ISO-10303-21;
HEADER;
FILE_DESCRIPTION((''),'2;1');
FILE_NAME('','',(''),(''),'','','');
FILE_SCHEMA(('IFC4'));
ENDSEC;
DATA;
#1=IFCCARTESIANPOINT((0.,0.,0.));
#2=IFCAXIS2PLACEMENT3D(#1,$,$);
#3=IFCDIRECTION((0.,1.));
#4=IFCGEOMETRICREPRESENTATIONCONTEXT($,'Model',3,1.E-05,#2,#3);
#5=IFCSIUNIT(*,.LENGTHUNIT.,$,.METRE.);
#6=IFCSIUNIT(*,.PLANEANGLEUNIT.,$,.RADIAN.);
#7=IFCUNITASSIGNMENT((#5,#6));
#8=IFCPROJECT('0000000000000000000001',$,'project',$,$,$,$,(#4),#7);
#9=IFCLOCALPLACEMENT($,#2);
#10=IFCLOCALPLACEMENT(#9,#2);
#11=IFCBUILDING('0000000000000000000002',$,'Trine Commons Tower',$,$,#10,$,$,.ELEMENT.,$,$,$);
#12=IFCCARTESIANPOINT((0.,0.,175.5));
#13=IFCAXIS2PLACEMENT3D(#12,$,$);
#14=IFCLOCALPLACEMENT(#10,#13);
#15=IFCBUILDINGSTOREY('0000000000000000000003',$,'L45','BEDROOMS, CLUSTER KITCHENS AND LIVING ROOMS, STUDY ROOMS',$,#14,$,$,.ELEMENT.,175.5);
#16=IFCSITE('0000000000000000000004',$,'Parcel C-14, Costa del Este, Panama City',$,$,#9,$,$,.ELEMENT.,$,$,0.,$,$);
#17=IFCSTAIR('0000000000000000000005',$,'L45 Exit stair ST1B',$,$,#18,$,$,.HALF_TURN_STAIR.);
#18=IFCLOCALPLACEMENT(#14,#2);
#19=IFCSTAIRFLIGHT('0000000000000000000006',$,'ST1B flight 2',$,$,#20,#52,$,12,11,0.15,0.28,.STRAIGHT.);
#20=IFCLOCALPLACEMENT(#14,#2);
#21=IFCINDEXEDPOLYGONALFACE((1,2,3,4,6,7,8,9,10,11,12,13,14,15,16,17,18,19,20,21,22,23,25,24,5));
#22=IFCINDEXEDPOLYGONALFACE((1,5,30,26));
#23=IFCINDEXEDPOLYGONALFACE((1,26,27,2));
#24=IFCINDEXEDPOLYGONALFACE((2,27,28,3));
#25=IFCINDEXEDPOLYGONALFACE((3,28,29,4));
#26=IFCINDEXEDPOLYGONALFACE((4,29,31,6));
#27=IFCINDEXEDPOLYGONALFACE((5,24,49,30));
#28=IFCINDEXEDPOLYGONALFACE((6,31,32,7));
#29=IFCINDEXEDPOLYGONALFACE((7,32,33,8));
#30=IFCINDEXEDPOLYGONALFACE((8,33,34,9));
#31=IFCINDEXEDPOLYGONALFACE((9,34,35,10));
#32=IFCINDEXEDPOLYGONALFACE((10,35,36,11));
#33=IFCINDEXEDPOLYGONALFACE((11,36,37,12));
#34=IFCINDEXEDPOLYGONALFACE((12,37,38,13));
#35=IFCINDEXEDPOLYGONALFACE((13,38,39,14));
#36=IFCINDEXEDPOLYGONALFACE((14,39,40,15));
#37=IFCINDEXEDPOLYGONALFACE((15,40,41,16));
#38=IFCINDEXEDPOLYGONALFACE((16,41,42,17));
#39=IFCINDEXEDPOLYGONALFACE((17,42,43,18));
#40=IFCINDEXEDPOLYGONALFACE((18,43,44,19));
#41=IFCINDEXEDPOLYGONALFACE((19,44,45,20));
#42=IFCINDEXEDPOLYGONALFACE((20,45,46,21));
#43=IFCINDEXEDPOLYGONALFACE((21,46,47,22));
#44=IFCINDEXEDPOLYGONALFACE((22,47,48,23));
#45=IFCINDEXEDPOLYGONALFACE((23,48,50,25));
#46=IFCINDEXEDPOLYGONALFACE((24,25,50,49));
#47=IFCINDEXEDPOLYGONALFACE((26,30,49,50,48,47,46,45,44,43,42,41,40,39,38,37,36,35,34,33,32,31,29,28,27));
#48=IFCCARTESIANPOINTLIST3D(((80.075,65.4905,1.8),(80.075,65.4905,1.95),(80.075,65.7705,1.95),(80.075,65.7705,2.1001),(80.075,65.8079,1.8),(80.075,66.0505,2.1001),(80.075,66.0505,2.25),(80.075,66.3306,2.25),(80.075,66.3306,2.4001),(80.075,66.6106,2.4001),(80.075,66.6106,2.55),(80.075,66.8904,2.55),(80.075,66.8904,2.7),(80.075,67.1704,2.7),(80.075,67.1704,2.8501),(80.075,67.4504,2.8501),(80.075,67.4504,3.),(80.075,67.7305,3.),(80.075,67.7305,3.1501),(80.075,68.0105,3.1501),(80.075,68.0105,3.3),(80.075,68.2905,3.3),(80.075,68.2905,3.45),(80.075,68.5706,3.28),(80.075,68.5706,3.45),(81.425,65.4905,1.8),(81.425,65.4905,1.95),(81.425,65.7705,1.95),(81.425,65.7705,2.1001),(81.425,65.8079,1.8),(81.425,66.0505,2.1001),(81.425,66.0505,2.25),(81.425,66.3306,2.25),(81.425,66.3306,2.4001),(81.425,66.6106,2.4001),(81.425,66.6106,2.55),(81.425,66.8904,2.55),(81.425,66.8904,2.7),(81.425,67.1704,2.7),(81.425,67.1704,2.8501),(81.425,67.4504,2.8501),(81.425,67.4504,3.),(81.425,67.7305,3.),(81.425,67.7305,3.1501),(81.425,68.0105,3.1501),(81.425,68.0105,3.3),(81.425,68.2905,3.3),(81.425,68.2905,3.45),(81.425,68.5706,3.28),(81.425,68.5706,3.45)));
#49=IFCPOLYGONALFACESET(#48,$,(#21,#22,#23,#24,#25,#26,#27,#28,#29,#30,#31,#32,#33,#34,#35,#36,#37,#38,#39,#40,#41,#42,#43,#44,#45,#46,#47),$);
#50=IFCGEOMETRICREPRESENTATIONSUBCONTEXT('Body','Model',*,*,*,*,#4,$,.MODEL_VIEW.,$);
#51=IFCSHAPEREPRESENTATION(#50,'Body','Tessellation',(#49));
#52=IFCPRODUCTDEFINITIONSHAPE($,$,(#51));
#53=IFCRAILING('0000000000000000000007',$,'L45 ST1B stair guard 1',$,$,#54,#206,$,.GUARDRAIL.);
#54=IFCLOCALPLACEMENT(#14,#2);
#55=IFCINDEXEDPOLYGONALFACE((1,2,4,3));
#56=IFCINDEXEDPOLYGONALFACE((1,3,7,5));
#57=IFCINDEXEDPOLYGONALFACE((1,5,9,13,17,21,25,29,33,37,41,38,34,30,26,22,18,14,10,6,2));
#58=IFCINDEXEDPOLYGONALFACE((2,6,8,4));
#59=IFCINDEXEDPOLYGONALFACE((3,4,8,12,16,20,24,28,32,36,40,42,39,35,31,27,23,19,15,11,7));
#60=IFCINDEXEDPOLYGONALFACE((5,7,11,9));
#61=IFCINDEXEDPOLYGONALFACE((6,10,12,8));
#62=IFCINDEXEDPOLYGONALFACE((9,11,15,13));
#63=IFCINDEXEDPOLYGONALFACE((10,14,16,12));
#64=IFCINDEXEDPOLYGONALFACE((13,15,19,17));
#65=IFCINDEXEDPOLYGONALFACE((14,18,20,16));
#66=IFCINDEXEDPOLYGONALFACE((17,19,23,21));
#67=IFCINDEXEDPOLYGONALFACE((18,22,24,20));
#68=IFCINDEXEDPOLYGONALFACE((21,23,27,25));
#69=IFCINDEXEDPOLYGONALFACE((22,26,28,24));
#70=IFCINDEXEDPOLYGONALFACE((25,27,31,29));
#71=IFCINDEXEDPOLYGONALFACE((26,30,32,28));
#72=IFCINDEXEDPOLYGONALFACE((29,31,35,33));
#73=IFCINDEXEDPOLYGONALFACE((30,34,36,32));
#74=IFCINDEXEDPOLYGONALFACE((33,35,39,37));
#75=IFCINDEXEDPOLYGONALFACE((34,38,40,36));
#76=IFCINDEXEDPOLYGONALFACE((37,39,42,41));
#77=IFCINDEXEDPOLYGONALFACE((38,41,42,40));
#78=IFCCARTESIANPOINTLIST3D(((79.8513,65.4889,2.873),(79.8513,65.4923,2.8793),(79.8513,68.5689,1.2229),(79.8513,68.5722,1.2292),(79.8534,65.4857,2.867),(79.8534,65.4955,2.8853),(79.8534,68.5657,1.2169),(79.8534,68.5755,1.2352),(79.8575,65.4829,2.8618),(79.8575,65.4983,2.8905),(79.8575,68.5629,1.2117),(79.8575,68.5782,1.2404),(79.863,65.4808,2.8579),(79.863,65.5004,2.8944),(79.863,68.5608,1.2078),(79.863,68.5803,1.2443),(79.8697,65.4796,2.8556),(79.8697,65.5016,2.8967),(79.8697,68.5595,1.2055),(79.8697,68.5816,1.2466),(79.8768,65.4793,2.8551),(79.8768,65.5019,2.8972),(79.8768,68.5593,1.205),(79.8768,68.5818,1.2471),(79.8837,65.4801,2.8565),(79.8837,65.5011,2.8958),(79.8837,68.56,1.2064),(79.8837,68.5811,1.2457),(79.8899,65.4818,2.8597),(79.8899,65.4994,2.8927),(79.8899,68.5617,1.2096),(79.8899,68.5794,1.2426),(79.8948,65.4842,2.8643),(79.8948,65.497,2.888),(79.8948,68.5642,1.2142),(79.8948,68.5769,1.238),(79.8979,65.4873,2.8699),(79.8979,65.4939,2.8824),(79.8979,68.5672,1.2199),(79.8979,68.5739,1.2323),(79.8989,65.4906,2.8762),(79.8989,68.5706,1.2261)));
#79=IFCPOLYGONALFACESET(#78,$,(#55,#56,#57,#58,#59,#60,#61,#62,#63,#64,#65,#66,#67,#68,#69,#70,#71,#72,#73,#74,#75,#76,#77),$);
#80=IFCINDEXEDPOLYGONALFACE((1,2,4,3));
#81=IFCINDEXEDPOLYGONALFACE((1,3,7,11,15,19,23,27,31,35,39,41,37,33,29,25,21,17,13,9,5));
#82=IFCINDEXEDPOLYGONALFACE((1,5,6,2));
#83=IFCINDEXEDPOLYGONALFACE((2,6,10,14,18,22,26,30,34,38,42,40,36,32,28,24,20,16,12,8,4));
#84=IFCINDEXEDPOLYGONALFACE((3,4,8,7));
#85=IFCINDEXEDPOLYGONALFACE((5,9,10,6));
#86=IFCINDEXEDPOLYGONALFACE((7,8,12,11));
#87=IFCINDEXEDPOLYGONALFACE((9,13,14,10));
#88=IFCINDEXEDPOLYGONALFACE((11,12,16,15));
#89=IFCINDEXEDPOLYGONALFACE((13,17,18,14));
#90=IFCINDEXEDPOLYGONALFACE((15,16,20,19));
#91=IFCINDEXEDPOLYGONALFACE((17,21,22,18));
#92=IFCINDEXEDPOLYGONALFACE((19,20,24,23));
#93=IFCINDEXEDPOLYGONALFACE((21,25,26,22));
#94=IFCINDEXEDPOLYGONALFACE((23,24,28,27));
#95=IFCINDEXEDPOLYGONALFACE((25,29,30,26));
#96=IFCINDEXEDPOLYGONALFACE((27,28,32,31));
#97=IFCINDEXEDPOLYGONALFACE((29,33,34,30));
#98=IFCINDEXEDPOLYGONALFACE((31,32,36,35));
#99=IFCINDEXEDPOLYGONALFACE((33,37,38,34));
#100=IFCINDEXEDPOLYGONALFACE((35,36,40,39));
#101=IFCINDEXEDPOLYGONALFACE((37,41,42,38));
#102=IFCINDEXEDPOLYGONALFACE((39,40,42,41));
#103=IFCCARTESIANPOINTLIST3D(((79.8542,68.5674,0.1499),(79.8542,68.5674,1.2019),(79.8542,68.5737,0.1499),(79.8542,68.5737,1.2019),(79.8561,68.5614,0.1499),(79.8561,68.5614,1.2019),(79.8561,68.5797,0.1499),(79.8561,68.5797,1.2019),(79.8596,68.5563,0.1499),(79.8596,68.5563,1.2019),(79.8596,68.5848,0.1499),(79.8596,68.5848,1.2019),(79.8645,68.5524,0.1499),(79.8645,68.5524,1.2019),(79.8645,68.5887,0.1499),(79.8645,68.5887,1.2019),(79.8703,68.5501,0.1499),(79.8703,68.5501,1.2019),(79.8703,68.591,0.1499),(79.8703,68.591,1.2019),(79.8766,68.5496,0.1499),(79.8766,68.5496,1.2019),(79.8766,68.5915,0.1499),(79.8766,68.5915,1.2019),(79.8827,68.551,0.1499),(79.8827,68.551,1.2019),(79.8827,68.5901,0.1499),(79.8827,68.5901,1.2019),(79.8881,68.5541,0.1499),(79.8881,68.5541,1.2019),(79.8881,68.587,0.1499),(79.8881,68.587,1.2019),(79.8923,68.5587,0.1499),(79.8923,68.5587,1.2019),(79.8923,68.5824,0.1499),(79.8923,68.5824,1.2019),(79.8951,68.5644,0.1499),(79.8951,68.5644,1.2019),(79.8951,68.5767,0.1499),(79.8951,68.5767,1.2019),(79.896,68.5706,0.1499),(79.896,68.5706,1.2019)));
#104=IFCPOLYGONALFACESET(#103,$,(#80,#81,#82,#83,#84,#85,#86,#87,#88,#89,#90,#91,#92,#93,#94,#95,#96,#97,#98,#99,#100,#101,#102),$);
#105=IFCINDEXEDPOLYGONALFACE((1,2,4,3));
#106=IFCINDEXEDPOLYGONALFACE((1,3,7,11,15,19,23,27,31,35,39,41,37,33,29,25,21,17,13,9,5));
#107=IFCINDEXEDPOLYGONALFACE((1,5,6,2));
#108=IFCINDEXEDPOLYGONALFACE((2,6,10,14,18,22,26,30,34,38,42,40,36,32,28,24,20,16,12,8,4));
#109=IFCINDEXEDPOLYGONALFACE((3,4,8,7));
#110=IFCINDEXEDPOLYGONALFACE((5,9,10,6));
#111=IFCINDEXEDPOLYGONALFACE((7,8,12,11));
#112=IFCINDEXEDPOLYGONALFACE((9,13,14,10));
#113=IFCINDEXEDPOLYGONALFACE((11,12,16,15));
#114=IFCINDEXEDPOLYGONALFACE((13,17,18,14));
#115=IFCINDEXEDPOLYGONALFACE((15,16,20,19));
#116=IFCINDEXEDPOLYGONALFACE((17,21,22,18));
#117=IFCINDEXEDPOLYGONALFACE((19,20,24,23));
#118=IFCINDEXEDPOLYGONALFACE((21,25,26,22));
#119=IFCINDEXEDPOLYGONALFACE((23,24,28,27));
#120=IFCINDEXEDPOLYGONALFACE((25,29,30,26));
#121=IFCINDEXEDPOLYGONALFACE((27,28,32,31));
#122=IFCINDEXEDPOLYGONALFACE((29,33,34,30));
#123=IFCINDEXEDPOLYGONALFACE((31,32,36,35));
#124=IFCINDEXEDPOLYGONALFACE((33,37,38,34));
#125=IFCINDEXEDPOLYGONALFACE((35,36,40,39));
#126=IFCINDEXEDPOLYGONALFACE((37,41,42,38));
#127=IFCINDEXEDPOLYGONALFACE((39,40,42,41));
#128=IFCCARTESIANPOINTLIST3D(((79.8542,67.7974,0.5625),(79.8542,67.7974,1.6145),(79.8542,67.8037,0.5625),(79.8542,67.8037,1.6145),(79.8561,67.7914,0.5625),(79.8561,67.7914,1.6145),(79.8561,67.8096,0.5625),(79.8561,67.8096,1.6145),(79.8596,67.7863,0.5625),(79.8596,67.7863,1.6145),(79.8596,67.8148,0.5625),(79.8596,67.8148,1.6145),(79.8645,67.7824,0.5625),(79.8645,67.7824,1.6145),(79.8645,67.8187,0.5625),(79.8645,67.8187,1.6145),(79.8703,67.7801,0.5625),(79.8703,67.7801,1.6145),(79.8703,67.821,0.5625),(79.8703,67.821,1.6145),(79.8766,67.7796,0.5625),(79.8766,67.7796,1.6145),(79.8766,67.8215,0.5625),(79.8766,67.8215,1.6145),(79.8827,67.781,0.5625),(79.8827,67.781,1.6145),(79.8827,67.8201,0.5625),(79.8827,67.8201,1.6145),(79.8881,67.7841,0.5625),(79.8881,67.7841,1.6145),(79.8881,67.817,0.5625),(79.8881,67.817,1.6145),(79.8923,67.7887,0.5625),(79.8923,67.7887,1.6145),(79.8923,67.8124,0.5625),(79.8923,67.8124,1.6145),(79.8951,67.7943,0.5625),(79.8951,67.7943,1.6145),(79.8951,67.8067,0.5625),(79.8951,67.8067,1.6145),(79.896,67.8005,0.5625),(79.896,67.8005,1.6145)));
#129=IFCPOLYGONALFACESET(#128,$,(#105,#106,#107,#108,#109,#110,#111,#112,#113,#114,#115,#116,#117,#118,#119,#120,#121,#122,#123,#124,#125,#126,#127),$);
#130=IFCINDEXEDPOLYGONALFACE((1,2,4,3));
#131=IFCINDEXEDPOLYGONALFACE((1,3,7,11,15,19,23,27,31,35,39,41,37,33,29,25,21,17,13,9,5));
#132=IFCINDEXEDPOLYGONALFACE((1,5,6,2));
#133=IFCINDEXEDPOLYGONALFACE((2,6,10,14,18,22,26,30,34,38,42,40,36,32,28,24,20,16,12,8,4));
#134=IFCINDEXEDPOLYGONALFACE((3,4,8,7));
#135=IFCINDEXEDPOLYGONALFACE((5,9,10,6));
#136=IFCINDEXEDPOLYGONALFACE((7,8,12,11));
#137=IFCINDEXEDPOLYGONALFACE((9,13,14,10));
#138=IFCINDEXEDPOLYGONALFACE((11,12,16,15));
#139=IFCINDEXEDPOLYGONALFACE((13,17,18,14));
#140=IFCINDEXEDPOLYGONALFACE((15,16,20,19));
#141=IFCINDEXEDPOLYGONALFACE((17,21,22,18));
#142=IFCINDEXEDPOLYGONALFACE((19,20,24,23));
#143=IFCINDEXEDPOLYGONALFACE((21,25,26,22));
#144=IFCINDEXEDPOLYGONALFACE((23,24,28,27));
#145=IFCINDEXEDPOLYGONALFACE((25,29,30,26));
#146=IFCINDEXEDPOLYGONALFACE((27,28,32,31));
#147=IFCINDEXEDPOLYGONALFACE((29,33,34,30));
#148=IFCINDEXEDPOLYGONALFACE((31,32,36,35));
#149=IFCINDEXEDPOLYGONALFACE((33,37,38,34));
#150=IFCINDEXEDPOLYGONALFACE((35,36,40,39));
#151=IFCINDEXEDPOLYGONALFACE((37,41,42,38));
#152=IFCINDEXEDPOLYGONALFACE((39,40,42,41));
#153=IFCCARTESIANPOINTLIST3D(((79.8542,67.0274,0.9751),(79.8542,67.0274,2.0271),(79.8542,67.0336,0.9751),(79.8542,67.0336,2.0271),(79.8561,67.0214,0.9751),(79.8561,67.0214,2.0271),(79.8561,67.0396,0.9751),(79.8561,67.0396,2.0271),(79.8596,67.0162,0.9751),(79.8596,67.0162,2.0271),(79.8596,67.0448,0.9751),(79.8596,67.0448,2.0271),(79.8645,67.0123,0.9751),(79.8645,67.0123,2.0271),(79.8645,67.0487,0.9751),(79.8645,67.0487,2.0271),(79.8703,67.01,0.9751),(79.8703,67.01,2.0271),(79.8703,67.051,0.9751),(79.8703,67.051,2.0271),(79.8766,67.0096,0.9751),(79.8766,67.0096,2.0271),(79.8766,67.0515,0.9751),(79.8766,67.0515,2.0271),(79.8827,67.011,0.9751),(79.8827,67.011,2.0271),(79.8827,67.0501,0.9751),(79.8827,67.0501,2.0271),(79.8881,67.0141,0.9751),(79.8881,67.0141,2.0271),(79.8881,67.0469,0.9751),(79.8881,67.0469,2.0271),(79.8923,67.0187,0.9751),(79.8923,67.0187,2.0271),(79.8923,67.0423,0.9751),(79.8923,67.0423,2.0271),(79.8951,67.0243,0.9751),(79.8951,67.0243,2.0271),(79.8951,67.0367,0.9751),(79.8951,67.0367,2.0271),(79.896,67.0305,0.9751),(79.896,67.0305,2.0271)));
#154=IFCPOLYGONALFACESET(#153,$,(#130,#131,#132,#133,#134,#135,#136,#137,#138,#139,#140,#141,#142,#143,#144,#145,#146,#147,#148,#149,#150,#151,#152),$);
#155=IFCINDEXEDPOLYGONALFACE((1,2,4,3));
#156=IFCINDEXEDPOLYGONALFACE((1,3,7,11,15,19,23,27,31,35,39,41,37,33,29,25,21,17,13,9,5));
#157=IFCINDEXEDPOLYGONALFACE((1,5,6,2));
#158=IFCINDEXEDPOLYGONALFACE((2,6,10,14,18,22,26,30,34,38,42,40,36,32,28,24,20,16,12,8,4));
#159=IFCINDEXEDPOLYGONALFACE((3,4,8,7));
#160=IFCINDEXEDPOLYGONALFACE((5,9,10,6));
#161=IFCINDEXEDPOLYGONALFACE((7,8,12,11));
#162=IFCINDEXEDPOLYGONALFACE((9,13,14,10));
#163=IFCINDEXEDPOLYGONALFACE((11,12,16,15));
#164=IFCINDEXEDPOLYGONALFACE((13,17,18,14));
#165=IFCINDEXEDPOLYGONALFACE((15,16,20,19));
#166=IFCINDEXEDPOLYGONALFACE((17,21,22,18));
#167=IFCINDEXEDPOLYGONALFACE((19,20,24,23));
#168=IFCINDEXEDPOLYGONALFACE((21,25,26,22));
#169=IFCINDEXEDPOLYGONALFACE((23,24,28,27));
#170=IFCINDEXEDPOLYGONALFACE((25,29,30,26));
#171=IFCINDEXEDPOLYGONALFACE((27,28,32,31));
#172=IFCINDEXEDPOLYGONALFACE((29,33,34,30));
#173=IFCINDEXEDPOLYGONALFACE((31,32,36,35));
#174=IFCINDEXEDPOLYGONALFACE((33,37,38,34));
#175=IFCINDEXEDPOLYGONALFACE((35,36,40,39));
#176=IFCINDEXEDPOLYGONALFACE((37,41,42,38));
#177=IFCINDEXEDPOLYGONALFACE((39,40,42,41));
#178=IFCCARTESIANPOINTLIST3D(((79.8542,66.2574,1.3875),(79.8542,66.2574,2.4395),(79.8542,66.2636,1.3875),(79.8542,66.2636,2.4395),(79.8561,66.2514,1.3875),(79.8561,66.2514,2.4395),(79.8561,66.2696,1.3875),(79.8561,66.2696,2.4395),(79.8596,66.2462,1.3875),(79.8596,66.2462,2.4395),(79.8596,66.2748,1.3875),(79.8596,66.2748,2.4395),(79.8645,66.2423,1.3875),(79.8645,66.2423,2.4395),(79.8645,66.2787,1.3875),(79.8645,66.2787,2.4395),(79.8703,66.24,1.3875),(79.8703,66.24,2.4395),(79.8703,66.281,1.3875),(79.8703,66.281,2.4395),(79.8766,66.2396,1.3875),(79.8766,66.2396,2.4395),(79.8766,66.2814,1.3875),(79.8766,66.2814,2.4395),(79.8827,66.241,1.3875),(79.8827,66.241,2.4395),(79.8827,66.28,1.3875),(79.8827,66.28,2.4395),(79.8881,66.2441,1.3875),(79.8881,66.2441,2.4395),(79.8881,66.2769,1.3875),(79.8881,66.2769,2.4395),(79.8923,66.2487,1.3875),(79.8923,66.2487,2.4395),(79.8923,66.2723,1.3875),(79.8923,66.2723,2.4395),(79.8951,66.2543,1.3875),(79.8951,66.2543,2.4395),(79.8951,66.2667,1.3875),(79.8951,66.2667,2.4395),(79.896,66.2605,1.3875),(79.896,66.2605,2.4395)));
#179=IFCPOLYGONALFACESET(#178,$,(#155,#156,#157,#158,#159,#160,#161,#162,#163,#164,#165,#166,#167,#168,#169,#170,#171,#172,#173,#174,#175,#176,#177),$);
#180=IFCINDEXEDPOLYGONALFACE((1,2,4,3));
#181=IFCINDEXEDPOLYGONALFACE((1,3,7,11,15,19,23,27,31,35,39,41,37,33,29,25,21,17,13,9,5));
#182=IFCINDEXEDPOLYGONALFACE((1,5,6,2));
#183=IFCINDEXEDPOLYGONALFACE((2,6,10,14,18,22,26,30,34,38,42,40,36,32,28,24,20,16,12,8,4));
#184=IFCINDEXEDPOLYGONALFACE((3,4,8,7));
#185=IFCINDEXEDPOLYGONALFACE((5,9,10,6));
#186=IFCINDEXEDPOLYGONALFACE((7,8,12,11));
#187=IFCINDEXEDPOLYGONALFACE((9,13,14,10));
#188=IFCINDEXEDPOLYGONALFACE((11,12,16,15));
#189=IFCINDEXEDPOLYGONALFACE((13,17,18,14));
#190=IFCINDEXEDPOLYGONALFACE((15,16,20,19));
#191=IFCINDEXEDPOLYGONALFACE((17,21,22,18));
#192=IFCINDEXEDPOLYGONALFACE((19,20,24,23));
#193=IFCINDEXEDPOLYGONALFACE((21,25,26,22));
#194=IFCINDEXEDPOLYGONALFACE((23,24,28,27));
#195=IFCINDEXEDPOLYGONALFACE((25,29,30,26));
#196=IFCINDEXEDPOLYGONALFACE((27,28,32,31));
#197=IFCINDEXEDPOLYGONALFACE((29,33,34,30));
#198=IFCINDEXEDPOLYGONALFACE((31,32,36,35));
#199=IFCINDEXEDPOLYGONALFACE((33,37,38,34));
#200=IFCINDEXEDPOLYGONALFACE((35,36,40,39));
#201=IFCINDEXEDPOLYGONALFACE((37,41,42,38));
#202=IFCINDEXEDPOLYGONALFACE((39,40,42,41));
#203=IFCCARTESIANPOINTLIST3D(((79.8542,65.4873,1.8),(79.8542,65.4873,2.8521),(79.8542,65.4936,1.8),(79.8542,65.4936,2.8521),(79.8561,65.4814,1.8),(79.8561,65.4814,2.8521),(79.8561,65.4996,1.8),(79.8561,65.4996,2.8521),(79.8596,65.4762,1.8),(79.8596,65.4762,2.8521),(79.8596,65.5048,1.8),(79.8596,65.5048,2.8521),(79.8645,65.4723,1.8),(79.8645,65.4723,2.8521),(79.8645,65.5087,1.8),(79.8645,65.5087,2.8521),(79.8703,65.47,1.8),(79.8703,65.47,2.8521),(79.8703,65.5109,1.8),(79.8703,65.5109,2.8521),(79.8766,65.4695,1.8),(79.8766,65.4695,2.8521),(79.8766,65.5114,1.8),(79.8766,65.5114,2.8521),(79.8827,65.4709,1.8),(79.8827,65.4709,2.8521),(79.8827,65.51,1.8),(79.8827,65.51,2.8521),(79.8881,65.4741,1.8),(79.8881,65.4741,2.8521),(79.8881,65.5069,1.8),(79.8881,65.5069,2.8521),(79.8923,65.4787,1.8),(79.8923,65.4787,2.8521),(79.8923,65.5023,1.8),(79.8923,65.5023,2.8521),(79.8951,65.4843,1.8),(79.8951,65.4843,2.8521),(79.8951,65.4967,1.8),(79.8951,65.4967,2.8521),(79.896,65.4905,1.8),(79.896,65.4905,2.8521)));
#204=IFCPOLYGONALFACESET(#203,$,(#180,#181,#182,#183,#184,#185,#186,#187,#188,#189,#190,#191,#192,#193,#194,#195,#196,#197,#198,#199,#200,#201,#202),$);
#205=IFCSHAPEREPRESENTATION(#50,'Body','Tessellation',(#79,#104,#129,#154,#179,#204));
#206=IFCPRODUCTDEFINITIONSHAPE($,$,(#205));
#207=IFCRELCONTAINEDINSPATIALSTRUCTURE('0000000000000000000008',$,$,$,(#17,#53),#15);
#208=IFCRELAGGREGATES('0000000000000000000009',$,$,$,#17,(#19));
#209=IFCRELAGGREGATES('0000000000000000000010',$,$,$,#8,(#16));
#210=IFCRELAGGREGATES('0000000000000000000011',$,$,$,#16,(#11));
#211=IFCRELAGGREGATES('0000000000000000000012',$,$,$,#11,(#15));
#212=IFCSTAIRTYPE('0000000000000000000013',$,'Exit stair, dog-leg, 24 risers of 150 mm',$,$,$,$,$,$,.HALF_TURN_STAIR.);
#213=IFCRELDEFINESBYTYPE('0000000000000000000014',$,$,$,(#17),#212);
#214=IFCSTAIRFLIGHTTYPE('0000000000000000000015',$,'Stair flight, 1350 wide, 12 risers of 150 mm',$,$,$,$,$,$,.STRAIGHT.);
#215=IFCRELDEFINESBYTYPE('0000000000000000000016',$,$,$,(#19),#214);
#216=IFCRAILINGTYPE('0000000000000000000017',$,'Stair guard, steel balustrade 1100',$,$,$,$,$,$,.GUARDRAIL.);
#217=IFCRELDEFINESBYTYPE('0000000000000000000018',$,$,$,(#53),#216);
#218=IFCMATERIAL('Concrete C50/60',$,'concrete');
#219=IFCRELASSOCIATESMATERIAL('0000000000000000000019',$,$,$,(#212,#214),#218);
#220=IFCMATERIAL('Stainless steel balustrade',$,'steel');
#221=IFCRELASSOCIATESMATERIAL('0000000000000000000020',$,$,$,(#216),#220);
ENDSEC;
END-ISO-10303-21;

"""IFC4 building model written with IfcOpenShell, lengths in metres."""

from ifc_helpers import new_model, si_unit, direction, frame, origin, origin_2d, place, context, subcontext, project, spatial, polyline, circle, outline, extrude, material, type_object, element, aggregate, save


model = new_model("IFC4")

# Units and contexts
model_context = context("Model", 3, precision=1e-05, world=origin(), true_north=direction((0.0, 1.0)))
body_context = subcontext(model_context, "Body", "Model", "MODEL_VIEW")
ifc_project = project(units=[si_unit("LENGTHUNIT", "METRE"), si_unit("PLANEANGLEUNIT", "RADIAN")], contexts=[model_context])

# Site, building, storey
site_placement = place(None, origin())
site = spatial("IfcSite", under=ifc_project, at=site_placement, Name="Parcel C-14, Costa del Este, Panama City", CompositionType="ELEMENT", RefElevation=0.0)
building_placement = place(site_placement, origin())
building = spatial("IfcBuilding", under=site, at=building_placement, Name="Trine Commons Tower", CompositionType="ELEMENT")
storey_placement = place(building_placement, frame((0.0, 0.0, 175.5)))
storey = spatial("IfcBuildingStorey", under=building, at=storey_placement, Name="L45", Description="BEDROOMS, CLUSTER KITCHENS AND LIVING ROOMS, STUDY ROOMS", CompositionType="ELEMENT", Elevation=175.5)

# Stair, stair flight
ifc_material_1 = material(Name="Concrete C50/60", Category="concrete")
stair_type = type_object("IfcStairType", Name="Exit stair, dog-leg, 24 risers of 150 mm", PredefinedType="HALF_TURN_STAIR", material=ifc_material_1)
stair_placement = place(storey_placement, origin())
stair = element("IfcStair", 1, at=stair_placement, inside=storey, type_object=stair_type, Name="L45 Exit stair ST1B", PredefinedType="HALF_TURN_STAIR")
stair_flight_type = type_object("IfcStairFlightType", Name="Stair flight, 1350 wide, 12 risers of 150 mm", PredefinedType="STRAIGHT", material=ifc_material_1)
stair_flight_placement = place(storey_placement, frame((80.75, 65.4905, 1.8), z_axis=(0.0, 0.0, 1.0), x_axis=(0.0, 1.0, 0.0)))
stair_flight = element("IfcStairFlight", 2, at=stair_flight_placement, type_object=stair_flight_type, Name="ST1B flight 2", NumberOfRisers=12, NumberOfTreads=11, PredefinedType="STRAIGHT", RiserHeight=0.15, TreadLength=0.28, context=body_context, shape_type="SweptSolid", body=[
    extrude(outline(polyline([(0.0, 0.0), (0.0, 0.1499), (0.28, 0.1499), (0.28, 0.3), (0.5601, 0.3), (0.5601, 0.45), (0.8401, 0.45), (0.8401, 0.6001), (1.1201, 0.6001), (1.1201, 0.75), (1.3999, 0.75), (1.3999, 0.8999), (1.6799, 0.8999), (1.6799, 1.05), (1.96, 1.05), (1.96, 1.2), (2.24, 1.2), (2.24, 1.3501), (2.52, 1.3501), (2.52, 1.5), (2.8, 1.5), (2.8, 1.6499), (3.0801, 1.6499), (3.0801, 1.8), (3.0801, 1.48), (0.3174, 0.0), (0.0, 0.0)])), frame((0.0, 0.675, 0.0), z_axis=(0.0, -1.0, 0.0), x_axis=(1.0, 0.0, 0.0)), (0.0, 0.0, 1.0), 1.3501),
])
aggregate(stair, [stair_flight])

# Railing
ifc_material_2 = material(Name="Stainless steel balustrade", Category="steel")
railing_type_1 = type_object("IfcRailingType", Name="Stair guard, steel balustrade 1100", PredefinedType="GUARDRAIL", material=ifc_material_2)
railing_1_placement = place(storey_placement, frame((79.875, 68.5706, 0.1499)))
element("IfcRailing", 3, at=railing_1_placement, inside=storey, type_object=railing_type_1, Name="L45 ST1B stair guard 1", PredefinedType="GUARDRAIL", context=body_context, shape_type="SweptSolid", body=[
    extrude(circle(Radius=0.0239, at=origin_2d()), frame((0.0, 0.0, 1.0762), z_axis=(0.0, -0.881468, 0.472245), x_axis=(1.0, 0.0, 0.0)), (0.0, 0.0, 1.0), 3.4941),
    extrude(circle(Radius=0.021, at=origin_2d()), origin(), (0.0, 0.0, 1.0), 1.052),
    extrude(circle(Radius=0.021, at=origin_2d()), frame((0.0, -0.77, 0.4126)), (0.0, 0.0, 1.0), 1.052),
    extrude(circle(Radius=0.021, at=origin_2d()), frame((0.0, -1.54, 0.8252)), (0.0, 0.0, 1.0), 1.052),
    extrude(circle(Radius=0.021, at=origin_2d()), frame((0.0, -2.3101, 1.2375)), (0.0, 0.0, 1.0), 1.052),
    extrude(circle(Radius=0.021, at=origin_2d()), frame((0.0, -3.0801, 1.6501)), (0.0, 0.0, 1.0), 1.052),
])

save(model, "model.ifc")
